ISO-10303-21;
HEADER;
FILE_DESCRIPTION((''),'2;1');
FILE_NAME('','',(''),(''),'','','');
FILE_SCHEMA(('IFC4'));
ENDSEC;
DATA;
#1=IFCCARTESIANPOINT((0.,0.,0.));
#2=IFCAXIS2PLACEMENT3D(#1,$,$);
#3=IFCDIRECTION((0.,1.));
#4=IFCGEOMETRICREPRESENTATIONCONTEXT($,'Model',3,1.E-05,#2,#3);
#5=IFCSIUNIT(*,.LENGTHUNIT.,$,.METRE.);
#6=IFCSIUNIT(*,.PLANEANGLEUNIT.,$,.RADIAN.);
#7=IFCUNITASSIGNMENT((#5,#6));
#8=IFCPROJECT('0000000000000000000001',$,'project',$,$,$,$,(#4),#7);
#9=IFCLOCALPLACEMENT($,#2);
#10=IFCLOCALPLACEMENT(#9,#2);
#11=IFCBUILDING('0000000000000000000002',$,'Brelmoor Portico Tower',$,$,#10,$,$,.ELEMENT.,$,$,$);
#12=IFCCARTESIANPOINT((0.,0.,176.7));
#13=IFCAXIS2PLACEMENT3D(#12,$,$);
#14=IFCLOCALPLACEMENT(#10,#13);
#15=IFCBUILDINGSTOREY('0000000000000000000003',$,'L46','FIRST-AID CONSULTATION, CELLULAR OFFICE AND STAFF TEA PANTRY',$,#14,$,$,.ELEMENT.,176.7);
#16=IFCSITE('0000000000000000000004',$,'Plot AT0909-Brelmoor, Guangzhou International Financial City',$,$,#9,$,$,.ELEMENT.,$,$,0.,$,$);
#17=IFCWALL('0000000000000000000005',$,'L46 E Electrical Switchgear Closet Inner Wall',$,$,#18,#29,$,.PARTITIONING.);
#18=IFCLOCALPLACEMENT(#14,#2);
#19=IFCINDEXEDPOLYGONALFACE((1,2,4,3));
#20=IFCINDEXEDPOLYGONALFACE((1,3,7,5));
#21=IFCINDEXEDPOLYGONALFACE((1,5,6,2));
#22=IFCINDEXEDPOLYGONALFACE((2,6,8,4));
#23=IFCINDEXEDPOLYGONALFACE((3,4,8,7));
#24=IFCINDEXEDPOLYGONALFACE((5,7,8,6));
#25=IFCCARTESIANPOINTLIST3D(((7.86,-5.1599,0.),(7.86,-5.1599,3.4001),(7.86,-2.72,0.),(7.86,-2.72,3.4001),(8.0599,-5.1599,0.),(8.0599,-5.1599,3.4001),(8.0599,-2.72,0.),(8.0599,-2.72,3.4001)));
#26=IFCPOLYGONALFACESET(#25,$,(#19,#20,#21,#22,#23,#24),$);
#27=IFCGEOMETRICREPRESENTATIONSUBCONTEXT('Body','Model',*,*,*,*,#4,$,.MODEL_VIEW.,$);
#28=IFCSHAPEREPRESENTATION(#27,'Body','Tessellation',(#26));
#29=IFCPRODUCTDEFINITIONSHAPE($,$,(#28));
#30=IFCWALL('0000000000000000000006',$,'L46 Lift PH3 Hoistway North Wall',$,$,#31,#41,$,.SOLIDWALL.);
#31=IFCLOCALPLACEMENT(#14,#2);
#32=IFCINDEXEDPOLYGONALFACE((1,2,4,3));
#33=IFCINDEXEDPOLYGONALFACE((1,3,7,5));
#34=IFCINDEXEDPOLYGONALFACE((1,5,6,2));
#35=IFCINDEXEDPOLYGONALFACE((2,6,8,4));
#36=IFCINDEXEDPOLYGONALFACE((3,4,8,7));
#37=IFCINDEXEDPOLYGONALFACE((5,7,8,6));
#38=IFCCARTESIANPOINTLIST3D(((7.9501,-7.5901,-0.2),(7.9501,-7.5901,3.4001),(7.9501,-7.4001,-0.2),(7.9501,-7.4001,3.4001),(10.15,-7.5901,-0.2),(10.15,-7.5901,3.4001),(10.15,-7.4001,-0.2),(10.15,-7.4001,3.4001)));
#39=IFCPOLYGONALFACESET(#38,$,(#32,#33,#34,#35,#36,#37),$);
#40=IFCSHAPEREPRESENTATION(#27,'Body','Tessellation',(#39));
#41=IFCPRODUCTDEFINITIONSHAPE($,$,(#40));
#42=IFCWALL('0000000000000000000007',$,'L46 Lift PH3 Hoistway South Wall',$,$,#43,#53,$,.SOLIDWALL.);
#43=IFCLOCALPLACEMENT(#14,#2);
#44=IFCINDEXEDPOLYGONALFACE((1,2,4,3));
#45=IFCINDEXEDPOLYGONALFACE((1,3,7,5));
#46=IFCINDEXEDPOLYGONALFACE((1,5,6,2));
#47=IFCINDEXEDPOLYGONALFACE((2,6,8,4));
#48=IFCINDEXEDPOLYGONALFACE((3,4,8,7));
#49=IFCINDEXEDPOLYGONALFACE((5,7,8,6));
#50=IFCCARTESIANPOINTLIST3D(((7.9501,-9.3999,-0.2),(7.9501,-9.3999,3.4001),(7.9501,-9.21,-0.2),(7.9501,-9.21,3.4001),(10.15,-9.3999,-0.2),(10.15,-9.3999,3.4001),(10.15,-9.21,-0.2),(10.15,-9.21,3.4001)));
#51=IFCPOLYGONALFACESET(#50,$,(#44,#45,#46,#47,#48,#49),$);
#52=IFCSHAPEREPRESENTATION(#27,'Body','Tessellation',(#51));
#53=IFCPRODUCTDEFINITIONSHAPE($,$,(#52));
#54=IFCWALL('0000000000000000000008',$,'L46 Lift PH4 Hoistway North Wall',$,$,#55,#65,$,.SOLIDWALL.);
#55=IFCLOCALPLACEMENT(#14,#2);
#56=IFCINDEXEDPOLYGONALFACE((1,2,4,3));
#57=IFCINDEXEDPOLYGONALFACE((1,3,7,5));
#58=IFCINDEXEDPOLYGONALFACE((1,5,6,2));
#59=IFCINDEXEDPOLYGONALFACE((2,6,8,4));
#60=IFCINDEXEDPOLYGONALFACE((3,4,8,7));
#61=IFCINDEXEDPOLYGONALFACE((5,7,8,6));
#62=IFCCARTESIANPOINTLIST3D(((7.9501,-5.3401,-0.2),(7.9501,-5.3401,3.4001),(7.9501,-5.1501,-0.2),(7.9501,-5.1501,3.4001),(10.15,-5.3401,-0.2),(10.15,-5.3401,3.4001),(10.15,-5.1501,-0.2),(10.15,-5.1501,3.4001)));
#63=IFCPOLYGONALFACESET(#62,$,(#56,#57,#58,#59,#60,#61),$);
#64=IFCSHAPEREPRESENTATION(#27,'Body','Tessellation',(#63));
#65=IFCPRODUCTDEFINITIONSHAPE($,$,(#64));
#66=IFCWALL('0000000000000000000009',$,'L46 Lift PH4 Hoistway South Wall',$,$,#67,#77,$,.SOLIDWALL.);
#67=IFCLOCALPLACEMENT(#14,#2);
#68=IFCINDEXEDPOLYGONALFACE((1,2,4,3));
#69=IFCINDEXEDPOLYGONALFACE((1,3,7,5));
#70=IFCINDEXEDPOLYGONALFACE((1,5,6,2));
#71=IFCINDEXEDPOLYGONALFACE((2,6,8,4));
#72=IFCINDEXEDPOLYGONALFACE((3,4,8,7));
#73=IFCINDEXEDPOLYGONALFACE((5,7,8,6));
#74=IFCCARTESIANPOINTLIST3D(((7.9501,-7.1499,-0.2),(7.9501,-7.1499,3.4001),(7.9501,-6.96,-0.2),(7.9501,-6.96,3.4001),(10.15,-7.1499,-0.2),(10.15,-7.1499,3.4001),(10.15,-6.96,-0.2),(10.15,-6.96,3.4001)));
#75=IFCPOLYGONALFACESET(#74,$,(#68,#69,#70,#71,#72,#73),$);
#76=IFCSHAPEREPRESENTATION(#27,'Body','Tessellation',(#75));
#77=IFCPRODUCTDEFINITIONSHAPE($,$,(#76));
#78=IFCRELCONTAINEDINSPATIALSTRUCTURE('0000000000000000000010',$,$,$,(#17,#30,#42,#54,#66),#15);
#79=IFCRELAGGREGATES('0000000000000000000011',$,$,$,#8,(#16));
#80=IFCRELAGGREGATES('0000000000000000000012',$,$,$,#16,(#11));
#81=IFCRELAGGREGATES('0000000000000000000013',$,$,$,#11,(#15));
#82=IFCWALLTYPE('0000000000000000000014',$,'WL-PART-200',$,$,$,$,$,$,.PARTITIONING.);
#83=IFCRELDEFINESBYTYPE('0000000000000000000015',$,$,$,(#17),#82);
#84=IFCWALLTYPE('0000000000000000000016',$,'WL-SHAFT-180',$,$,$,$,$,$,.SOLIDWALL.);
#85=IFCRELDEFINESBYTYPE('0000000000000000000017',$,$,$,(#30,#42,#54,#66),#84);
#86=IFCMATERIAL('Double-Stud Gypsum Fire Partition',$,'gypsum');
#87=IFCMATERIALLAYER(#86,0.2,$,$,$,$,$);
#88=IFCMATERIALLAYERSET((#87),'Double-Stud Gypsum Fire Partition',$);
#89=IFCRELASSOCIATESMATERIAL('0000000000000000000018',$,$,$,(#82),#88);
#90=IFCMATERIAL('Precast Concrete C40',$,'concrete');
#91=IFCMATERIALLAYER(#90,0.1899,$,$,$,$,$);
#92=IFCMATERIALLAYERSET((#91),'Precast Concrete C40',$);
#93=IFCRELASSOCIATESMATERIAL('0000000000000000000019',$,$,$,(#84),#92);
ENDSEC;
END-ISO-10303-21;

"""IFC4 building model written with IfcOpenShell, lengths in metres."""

from ifc_helpers import new_model, si_unit, direction, frame, frame_2d, origin, place, context, subcontext, project, spatial, rectangle, extrude, material, layer, layer_set, type_object, element, save


model = new_model("IFC4")

# Units and contexts
model_context = context("Model", 3, precision=1e-05, world=origin(), true_north=direction((0.0, 1.0)))
body_context = subcontext(model_context, "Body", "Model", "MODEL_VIEW")
ifc_project = project(units=[si_unit("LENGTHUNIT", "METRE"), si_unit("PLANEANGLEUNIT", "RADIAN")], contexts=[model_context])

# Site, building, storey
site_placement = place(None, origin())
site = spatial("IfcSite", under=ifc_project, at=site_placement, Name="Plot AT0909-Brelmoor, Guangzhou International Financial City", CompositionType="ELEMENT", RefElevation=0.0)
building_placement = place(site_placement, origin())
building = spatial("IfcBuilding", under=site, at=building_placement, Name="Brelmoor Portico Tower", CompositionType="ELEMENT")
storey_placement = place(building_placement, frame((0.0, 0.0, 176.7)))
storey = spatial("IfcBuildingStorey", under=building, at=storey_placement, Name="L46", Description="FIRST-AID CONSULTATION, CELLULAR OFFICE AND STAFF TEA PANTRY", CompositionType="ELEMENT", Elevation=176.7)

# Shared definitions
ifc_material_1 = material(Name="Double-Stud Gypsum Fire Partition", Category="gypsum")
ifc_layer_1 = layer(ifc_material_1, 0.2)
ifc_layer_set_1 = layer_set([ifc_layer_1], Name="Double-Stud Gypsum Fire Partition")
wall_type_1 = type_object("IfcWallType", Name="WL-PART-200", PredefinedType="PARTITIONING", material=ifc_layer_set_1)

# Walls
wall_1_placement = place(storey_placement, frame((7.96, -5.1599, 0.0), z_axis=(0.0, 0.0, 1.0), x_axis=(0.0, 1.0, 0.0)))
element("IfcWall", 1, at=wall_1_placement, inside=storey, type_object=wall_type_1, Name="L46 E Electrical Switchgear Closet Inner Wall", PredefinedType="PARTITIONING", context=body_context, shape_type="SweptSolid", body=[
    extrude(rectangle(XDim=2.4399, YDim=0.2, at=frame_2d((1.22, 0.0))), origin(), (0.0, 0.0, 1.0), 3.4001),
])
ifc_material_2 = material(Name="Precast Concrete C40", Category="concrete")
ifc_layer_2 = layer(ifc_material_2, 0.1899)
ifc_layer_set_2 = layer_set([ifc_layer_2], Name="Precast Concrete C40")
wall_type_2 = type_object("IfcWallType", Name="WL-SHAFT-180", PredefinedType="SOLIDWALL", material=ifc_layer_set_2)
for number, where, z_axis, x_axis, name in (
    (2, (7.95, -7.4951, -0.2), (0.0, 0.0, 1.0), (1.0, 0.0, 0.0), "L46 Lift PH3 Hoistway North Wall"),
    (3, (7.95, -9.3049, -0.2), (0.0, 0.0, 1.0), (1.0, 0.0, 0.0), "L46 Lift PH3 Hoistway South Wall"),
    (4, (7.95, -5.2451, -0.2), (0.0, 0.0, 1.0), (1.0, 0.0, 0.0), "L46 Lift PH4 Hoistway North Wall"),
    (5, (7.95, -7.0549, -0.2), (0.0, 0.0, 1.0), (1.0, 0.0, 0.0), "L46 Lift PH4 Hoistway South Wall"),
):
    element("IfcWall", number, at=place(storey_placement, frame(where, z_axis=z_axis, x_axis=x_axis)), inside=storey, type_object=wall_type_2, Name=name, PredefinedType="SOLIDWALL", context=body_context, shape_type="SweptSolid", body=[
        extrude(rectangle(XDim=2.2, YDim=0.1899, at=frame_2d((1.1001, 0.0))), origin(), (0.0, 0.0, 1.0), 3.6001),
    ])

save(model, "model.ifc")
